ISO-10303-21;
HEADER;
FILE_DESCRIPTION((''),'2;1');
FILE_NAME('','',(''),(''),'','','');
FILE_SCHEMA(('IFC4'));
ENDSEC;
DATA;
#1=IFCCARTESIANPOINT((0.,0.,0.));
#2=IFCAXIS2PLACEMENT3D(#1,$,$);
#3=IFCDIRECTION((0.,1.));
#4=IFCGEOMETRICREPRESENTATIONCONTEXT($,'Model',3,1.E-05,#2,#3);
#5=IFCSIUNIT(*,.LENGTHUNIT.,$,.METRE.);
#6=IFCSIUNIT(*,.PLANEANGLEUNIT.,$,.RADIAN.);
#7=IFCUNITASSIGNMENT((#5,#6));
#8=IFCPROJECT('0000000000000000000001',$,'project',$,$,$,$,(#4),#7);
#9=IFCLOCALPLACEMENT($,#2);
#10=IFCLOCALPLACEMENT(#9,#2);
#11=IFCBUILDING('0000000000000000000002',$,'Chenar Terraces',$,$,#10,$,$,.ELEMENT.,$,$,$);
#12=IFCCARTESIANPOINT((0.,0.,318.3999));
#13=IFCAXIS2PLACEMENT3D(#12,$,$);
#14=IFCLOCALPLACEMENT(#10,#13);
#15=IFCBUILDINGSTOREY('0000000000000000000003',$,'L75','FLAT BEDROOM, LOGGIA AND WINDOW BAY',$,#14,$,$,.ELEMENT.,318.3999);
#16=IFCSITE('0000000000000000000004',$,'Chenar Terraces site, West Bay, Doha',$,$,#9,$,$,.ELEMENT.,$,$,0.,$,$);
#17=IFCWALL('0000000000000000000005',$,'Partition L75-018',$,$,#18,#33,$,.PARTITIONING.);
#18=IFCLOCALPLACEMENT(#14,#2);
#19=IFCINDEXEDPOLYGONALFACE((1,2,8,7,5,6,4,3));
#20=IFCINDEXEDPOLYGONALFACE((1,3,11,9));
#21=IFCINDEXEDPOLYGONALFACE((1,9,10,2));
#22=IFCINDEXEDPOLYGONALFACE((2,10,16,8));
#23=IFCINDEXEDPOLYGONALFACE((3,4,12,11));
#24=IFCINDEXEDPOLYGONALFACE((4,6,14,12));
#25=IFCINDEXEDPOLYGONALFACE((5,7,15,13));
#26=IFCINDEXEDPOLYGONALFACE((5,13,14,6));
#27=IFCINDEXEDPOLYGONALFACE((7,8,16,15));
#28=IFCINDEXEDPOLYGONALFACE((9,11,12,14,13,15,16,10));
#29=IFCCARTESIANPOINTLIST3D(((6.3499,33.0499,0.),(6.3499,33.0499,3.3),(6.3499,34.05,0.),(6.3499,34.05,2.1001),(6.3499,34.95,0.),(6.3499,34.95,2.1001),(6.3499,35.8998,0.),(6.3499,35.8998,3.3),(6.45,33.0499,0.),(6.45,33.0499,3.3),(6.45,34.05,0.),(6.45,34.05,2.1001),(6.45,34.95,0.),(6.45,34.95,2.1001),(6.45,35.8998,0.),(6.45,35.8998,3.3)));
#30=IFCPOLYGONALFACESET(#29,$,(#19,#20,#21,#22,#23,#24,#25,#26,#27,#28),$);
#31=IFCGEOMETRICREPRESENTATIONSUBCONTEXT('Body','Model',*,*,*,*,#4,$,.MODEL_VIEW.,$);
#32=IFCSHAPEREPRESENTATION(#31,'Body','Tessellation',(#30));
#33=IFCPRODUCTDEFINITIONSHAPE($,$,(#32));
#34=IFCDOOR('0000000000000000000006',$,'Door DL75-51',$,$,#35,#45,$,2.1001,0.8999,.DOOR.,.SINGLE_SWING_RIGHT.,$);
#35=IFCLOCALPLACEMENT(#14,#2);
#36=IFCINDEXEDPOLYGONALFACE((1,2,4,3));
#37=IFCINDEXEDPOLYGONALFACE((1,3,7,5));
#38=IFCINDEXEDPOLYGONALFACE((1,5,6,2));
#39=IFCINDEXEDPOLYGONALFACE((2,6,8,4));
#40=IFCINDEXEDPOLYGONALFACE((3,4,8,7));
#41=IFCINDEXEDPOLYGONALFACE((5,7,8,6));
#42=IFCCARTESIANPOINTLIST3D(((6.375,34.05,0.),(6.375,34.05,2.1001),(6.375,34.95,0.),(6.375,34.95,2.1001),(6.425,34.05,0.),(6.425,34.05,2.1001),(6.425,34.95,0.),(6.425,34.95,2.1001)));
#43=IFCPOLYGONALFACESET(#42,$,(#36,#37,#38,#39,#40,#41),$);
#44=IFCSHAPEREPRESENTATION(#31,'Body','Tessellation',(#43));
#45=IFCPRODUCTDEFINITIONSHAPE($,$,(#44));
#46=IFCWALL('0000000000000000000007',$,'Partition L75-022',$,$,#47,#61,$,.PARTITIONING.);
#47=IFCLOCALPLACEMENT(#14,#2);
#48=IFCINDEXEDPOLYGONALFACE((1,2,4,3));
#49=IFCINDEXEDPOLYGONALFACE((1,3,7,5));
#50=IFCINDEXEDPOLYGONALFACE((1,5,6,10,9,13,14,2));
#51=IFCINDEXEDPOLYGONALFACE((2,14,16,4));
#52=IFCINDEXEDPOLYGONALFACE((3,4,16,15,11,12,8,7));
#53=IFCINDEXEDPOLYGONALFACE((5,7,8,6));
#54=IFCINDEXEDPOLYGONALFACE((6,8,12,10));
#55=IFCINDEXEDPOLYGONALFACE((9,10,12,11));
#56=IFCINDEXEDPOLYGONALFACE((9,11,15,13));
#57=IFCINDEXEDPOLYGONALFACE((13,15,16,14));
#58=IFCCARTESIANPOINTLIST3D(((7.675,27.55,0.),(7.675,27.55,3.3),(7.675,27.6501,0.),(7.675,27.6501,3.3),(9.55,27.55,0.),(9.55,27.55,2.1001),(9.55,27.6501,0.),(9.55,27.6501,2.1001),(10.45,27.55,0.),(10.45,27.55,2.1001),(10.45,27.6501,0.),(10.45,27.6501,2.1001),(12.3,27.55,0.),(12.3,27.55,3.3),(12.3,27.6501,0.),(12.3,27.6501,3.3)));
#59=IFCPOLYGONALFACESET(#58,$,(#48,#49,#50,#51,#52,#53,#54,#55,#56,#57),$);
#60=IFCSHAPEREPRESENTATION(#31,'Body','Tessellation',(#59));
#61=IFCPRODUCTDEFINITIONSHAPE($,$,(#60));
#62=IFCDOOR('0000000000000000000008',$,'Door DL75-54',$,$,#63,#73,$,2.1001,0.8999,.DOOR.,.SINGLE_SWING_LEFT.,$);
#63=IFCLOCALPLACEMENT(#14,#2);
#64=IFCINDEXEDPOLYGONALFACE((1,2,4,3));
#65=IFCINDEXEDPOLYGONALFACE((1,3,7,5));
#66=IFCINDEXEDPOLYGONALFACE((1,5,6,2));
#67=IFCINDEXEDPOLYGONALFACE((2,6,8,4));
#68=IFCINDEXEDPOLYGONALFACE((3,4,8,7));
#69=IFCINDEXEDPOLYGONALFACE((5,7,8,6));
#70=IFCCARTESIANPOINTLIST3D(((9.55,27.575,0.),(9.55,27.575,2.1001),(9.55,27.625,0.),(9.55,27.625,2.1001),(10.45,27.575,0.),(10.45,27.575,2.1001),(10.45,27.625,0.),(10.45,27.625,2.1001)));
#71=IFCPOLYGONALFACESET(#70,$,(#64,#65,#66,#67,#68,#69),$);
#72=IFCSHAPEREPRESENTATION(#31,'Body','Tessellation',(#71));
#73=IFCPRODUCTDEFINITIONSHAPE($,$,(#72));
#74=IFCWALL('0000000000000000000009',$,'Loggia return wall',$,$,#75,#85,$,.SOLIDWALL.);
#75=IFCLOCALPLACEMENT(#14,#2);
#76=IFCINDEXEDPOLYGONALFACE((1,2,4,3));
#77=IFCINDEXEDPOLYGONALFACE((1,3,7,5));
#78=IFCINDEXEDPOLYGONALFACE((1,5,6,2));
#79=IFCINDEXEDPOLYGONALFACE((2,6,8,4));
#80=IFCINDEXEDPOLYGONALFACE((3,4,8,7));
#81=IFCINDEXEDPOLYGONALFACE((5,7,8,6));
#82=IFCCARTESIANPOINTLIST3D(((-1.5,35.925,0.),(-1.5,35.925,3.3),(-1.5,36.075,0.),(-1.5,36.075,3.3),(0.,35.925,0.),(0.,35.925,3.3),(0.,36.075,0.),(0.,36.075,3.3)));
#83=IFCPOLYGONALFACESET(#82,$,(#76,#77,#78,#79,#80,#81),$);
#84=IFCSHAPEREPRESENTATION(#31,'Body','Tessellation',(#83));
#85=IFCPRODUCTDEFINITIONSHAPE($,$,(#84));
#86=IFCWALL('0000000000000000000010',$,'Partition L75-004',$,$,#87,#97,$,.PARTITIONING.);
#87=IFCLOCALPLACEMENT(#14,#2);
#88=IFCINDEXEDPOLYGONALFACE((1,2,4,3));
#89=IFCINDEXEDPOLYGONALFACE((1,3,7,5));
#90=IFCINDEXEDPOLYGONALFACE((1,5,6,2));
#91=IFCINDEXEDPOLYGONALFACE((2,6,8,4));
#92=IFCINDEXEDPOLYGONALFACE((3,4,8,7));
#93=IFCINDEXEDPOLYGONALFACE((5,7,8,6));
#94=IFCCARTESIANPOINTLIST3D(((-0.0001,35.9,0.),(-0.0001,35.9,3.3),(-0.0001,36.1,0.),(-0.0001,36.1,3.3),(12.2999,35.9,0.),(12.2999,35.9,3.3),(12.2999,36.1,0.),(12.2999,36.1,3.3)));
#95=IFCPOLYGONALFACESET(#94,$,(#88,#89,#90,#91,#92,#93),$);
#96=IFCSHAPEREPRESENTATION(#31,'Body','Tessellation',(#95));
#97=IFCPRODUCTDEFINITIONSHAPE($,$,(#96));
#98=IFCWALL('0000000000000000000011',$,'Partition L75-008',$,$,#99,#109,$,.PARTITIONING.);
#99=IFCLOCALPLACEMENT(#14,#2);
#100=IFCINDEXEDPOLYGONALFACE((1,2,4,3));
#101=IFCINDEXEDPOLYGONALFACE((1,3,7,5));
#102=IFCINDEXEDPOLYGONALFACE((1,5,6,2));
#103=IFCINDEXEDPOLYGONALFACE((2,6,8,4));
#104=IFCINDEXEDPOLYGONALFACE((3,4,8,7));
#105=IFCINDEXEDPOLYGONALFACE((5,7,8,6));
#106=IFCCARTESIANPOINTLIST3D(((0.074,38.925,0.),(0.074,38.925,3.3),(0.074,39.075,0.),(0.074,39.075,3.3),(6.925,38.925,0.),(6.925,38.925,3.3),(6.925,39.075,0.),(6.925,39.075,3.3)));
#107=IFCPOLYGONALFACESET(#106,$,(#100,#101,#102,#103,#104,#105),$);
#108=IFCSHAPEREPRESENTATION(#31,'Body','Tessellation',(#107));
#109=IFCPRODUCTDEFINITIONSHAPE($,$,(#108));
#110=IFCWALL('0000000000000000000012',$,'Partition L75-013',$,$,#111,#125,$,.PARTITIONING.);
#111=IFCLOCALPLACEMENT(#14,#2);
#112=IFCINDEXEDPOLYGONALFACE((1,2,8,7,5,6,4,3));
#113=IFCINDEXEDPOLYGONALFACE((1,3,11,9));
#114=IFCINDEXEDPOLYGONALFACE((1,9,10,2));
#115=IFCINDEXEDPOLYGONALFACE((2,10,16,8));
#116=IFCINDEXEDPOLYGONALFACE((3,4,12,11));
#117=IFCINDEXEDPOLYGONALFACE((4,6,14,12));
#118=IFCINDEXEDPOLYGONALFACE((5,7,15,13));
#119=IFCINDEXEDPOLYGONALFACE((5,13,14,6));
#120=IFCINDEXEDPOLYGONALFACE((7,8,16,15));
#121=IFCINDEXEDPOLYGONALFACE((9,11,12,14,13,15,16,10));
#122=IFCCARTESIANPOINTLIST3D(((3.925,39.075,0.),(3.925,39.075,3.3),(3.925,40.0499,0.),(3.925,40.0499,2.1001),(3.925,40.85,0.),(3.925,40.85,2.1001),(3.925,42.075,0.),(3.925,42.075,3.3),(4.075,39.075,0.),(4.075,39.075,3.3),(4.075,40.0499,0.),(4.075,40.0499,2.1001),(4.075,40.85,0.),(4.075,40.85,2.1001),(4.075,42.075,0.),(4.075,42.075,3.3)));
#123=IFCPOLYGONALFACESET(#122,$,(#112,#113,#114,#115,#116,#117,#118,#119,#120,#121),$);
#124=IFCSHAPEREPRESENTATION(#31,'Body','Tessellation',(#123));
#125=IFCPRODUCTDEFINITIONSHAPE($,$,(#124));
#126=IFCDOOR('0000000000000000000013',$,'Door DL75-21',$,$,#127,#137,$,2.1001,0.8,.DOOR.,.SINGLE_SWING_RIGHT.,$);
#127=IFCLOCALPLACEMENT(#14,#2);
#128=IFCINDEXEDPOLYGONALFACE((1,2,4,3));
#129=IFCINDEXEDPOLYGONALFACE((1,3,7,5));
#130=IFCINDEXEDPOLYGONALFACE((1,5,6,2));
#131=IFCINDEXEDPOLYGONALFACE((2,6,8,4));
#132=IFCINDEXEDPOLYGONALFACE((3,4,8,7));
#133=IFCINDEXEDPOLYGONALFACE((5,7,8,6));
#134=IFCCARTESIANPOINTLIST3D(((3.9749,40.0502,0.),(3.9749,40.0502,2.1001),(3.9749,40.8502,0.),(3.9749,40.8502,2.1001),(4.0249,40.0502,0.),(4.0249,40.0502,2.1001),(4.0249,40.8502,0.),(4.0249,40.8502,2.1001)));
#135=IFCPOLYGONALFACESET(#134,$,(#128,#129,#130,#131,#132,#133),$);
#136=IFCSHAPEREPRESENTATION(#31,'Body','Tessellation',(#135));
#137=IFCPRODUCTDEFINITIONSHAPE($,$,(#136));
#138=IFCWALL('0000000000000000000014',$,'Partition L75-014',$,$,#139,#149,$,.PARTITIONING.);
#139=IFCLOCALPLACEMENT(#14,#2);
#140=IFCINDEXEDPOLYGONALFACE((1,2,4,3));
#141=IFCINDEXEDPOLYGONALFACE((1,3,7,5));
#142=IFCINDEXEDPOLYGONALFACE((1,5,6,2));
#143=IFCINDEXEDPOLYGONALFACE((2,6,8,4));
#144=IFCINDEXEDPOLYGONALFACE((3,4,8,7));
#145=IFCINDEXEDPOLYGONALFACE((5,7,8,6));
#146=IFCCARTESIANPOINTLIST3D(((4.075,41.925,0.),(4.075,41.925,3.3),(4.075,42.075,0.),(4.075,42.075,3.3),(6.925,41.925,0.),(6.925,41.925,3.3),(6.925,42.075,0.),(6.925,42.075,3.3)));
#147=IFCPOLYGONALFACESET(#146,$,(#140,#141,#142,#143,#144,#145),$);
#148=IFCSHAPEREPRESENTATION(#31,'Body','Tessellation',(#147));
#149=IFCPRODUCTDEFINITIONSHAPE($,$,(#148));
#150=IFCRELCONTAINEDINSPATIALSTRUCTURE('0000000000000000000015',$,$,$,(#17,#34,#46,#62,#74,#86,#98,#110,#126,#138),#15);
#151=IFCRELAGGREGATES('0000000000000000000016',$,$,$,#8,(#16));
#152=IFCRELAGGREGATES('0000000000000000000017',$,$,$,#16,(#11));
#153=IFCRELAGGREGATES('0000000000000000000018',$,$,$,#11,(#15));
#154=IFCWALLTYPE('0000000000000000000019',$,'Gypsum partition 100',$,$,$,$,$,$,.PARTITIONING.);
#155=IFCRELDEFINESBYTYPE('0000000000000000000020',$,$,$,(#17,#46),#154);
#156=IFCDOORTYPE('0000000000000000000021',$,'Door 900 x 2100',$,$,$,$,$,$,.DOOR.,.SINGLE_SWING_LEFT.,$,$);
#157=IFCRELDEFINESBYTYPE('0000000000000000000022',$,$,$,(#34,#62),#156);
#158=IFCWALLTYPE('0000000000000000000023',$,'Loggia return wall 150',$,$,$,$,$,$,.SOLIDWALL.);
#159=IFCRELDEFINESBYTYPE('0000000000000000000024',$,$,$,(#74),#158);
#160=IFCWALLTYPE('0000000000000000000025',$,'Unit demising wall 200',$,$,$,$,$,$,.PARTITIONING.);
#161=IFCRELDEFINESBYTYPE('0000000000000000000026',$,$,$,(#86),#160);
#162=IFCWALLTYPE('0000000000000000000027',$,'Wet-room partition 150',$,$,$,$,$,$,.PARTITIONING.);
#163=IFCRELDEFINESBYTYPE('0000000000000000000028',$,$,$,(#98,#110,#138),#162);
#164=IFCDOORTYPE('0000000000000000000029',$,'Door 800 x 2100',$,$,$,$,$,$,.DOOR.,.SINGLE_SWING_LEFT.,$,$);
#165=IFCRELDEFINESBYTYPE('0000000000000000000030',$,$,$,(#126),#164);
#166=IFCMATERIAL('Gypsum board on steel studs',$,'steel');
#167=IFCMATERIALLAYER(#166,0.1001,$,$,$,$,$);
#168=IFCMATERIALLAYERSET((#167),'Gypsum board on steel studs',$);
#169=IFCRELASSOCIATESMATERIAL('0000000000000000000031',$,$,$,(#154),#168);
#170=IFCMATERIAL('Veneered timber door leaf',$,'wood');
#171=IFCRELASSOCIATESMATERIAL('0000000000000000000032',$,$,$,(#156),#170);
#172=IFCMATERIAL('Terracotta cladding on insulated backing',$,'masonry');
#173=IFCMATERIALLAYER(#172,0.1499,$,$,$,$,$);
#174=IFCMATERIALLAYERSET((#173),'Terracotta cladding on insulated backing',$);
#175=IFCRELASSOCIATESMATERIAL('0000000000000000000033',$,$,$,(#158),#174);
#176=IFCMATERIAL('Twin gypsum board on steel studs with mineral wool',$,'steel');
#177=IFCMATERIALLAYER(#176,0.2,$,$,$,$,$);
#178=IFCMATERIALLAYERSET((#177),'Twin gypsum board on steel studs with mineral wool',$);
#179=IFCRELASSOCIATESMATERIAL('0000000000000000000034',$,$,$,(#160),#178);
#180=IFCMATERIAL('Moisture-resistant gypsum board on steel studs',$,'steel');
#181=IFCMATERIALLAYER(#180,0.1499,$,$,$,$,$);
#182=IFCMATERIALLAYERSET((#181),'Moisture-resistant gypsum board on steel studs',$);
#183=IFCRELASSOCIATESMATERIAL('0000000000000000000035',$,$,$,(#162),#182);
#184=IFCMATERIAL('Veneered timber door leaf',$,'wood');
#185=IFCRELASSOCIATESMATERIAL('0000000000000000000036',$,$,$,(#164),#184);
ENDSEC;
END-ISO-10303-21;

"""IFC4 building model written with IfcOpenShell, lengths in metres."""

from ifc_helpers import new_model, si_unit, direction, frame, frame_2d, origin, place, context, subcontext, project, spatial, rectangle, extrude, material, layer, layer_set, type_object, element, fill, save


model = new_model("IFC4")

# Units and contexts
model_context = context("Model", 3, precision=1e-05, world=origin(), true_north=direction((0.0, 1.0)))
body_context = subcontext(model_context, "Body", "Model", "MODEL_VIEW")
ifc_project = project(units=[si_unit("LENGTHUNIT", "METRE"), si_unit("PLANEANGLEUNIT", "RADIAN")], contexts=[model_context])

# Site, building, storey
site_placement = place(None, origin())
site = spatial("IfcSite", under=ifc_project, at=site_placement, Name="Chenar Terraces site, West Bay, Doha", CompositionType="ELEMENT", RefElevation=0.0)
building_placement = place(site_placement, origin())
building = spatial("IfcBuilding", under=site, at=building_placement, Name="Chenar Terraces", CompositionType="ELEMENT")
storey_placement = place(building_placement, frame((0.0, 0.0, 318.3999)))
storey = spatial("IfcBuildingStorey", under=building, at=storey_placement, Name="L75", Description="FLAT BEDROOM, LOGGIA AND WINDOW BAY", CompositionType="ELEMENT", Elevation=318.3999)

# Shared definitions
placement = place(storey_placement, frame((0.0, 36.0, 0.0), z_axis=(0.0, 0.0, 1.0), x_axis=(1.0, 0.0, 0.0)))

# Shared definitions
ifc_material_1 = material(Name="Gypsum board on steel studs", Category="steel")
ifc_layer_1 = layer(ifc_material_1, 0.1001)
ifc_layer_set_1 = layer_set([ifc_layer_1], Name="Gypsum board on steel studs")
wall_type_1 = type_object("IfcWallType", Name="Gypsum partition 100", PredefinedType="PARTITIONING", material=ifc_layer_set_1)
ifc_material_2 = material(Name="Veneered timber door leaf", Category="wood")
door_type_1 = type_object("IfcDoorType", Name="Door 900 x 2100", OperationType="SINGLE_SWING_LEFT", PredefinedType="DOOR", material=ifc_material_2)

# Walls, openings, doors
wall_1_placement = place(storey_placement, frame((6.3999, 33.05, 0.0), z_axis=(0.0, 0.0, 1.0), x_axis=(0.0, 1.0, 0.0)))
wall_1 = element("IfcWall", 1, at=wall_1_placement, inside=storey, type_object=wall_type_1, Name="Partition L75-018", PredefinedType="PARTITIONING", context=body_context, shape_type="SweptSolid", body=[
    extrude(rectangle(XDim=2.8499, YDim=0.1001, at=frame_2d((1.4248, 0.0))), origin(), (0.0, 0.0, 1.0), 3.3),
])
opening_1_placement = place(wall_1_placement, frame((1.0, 0.0, 0.0)))
opening_1 = element("IfcOpeningElement", 2, at=opening_1_placement, cuts=wall_1, PredefinedType="OPENING", context=body_context, shape_type="SweptSolid", body=[
    extrude(rectangle(XDim=0.8999, YDim=2.1001, at=frame_2d((0.45, 1.05))), frame((0.0, 0.0601, 0.0), z_axis=(0.0, -1.0, 0.0), x_axis=(1.0, 0.0, 0.0)), (0.0, 0.0, 1.0), 0.1201),
])
door_1_placement = place(opening_1_placement, origin())
door_1 = element("IfcDoor", 3, at=door_1_placement, inside=storey, type_object=door_type_1, Name="Door DL75-51", OperationType="SINGLE_SWING_RIGHT", OverallHeight=2.1001, OverallWidth=0.8999, PredefinedType="DOOR", context=body_context, shape_type="SweptSolid", body=[
    extrude(rectangle(XDim=0.8999, YDim=2.1001, at=frame_2d((0.45, 1.05))), frame((0.0, 0.0249, 0.0), z_axis=(0.0, -1.0, 0.0), x_axis=(1.0, 0.0, 0.0)), (0.0, 0.0, 1.0), 0.05),
])
fill(opening_1, door_1)
wall_2_placement = place(storey_placement, frame((7.675, 27.6001, 0.0), z_axis=(0.0, 0.0, 1.0), x_axis=(1.0, 0.0, 0.0)))
wall_2 = element("IfcWall", 4, at=wall_2_placement, inside=storey, type_object=wall_type_1, Name="Partition L75-022", PredefinedType="PARTITIONING", context=body_context, shape_type="SweptSolid", body=[
    extrude(rectangle(XDim=4.625, YDim=0.1001, at=frame_2d((2.3125, 0.0))), origin(), (0.0, 0.0, 1.0), 3.3),
])
opening_2_placement = place(wall_2_placement, frame((1.875, 0.0, 0.0)))
opening_2 = element("IfcOpeningElement", 5, at=opening_2_placement, cuts=wall_2, PredefinedType="OPENING", context=body_context, shape_type="SweptSolid", body=[
    extrude(rectangle(XDim=0.8999, YDim=2.1001, at=frame_2d((0.45, 1.05))), frame((0.0, 0.0601, 0.0), z_axis=(0.0, -1.0, 0.0), x_axis=(1.0, 0.0, 0.0)), (0.0, 0.0, 1.0), 0.1201),
])
door_2_placement = place(opening_2_placement, origin())
door_2 = element("IfcDoor", 6, at=door_2_placement, inside=storey, type_object=door_type_1, Name="Door DL75-54", OperationType="SINGLE_SWING_LEFT", OverallHeight=2.1001, OverallWidth=0.8999, PredefinedType="DOOR", context=body_context, shape_type="SweptSolid", body=[
    extrude(rectangle(XDim=0.8999, YDim=2.1001, at=frame_2d((0.45, 1.05))), frame((0.0, 0.0249, 0.0), z_axis=(0.0, -1.0, 0.0), x_axis=(1.0, 0.0, 0.0)), (0.0, 0.0, 1.0), 0.05),
])
fill(opening_2, door_2)

# Walls
ifc_material_3 = material(Name="Terracotta cladding on insulated backing", Category="masonry")
ifc_layer_2 = layer(ifc_material_3, 0.1499)
ifc_layer_set_2 = layer_set([ifc_layer_2], Name="Terracotta cladding on insulated backing")
wall_type_2 = type_object("IfcWallType", Name="Loggia return wall 150", PredefinedType="SOLIDWALL", material=ifc_layer_set_2)
wall_3_placement = place(storey_placement, frame((-1.5, 36.0, 0.0), z_axis=(0.0, 0.0, 1.0), x_axis=(1.0, 0.0, 0.0)))
element("IfcWall", 7, at=wall_3_placement, inside=storey, type_object=wall_type_2, Name="Loggia return wall", PredefinedType="SOLIDWALL", context=body_context, shape_type="SweptSolid", body=[
    extrude(rectangle(XDim=1.5, YDim=0.1499, at=frame_2d((0.75, 0.0))), origin(), (0.0, 0.0, 1.0), 3.3),
])
ifc_material_4 = material(Name="Twin gypsum board on steel studs with mineral wool", Category="steel")
ifc_layer_3 = layer(ifc_material_4, 0.2)
ifc_layer_set_3 = layer_set([ifc_layer_3], Name="Twin gypsum board on steel studs with mineral wool")
wall_type_3 = type_object("IfcWallType", Name="Unit demising wall 200", PredefinedType="PARTITIONING", material=ifc_layer_set_3)
element("IfcWall", 8, at=placement, inside=storey, type_object=wall_type_3, Name="Partition L75-004", PredefinedType="PARTITIONING", context=body_context, shape_type="SweptSolid", body=[
    extrude(rectangle(XDim=12.3, YDim=0.2, at=frame_2d((6.1499, 0.0))), origin(), (0.0, 0.0, 1.0), 3.3),
])
ifc_material_5 = material(Name="Moisture-resistant gypsum board on steel studs", Category="steel")
ifc_layer_4 = layer(ifc_material_5, 0.1499)
ifc_layer_set_4 = layer_set([ifc_layer_4], Name="Moisture-resistant gypsum board on steel studs")
wall_type_4 = type_object("IfcWallType", Name="Wet-room partition 150", PredefinedType="PARTITIONING", material=ifc_layer_set_4)
wall_4_placement = place(storey_placement, frame((0.074, 39.0, 0.0), z_axis=(0.0, 0.0, 1.0), x_axis=(1.0, 0.0, 0.0)))
element("IfcWall", 9, at=wall_4_placement, inside=storey, type_object=wall_type_4, Name="Partition L75-008", PredefinedType="PARTITIONING", context=body_context, shape_type="SweptSolid", body=[
    extrude(rectangle(XDim=6.8511, YDim=0.1499, at=frame_2d((3.4255, 0.0))), origin(), (0.0, 0.0, 1.0), 3.3),
])

# Wall, opening, door
wall_5_placement = place(storey_placement, frame((4.0, 39.075, 0.0), z_axis=(0.0, 0.0, 1.0), x_axis=(0.0, 1.0, 0.0)))
wall_5 = element("IfcWall", 10, at=wall_5_placement, inside=storey, type_object=wall_type_4, Name="Partition L75-013", PredefinedType="PARTITIONING", context=body_context, shape_type="SweptSolid", body=[
    extrude(rectangle(XDim=3.0, YDim=0.1499, at=frame_2d((1.5, 0.0))), origin(), (0.0, 0.0, 1.0), 3.3),
])
opening_3_placement = place(wall_5_placement, frame((0.9751, 0.0, 0.0)))
opening_3 = element("IfcOpeningElement", 11, at=opening_3_placement, cuts=wall_5, PredefinedType="OPENING", context=body_context, shape_type="SweptSolid", body=[
    extrude(rectangle(XDim=0.8, YDim=2.1001, at=frame_2d((0.3999, 1.05))), frame((0.0, 0.085, 0.0), z_axis=(0.0, -1.0, 0.0), x_axis=(1.0, 0.0, 0.0)), (0.0, 0.0, 1.0), 0.1699),
])
ifc_material_6 = material(Name="Veneered timber door leaf", Category="wood")
door_type_2 = type_object("IfcDoorType", Name="Door 800 x 2100", OperationType="SINGLE_SWING_LEFT", PredefinedType="DOOR", material=ifc_material_6)
door_3_placement = place(opening_3_placement, frame((0.8, 0.0, 0.0), z_axis=(0.0, 0.0, 1.0), x_axis=(-1.0, 0.0, 0.0)))
door_3 = element("IfcDoor", 12, at=door_3_placement, inside=storey, type_object=door_type_2, Name="Door DL75-21", OperationType="SINGLE_SWING_RIGHT", OverallHeight=2.1001, OverallWidth=0.8, PredefinedType="DOOR", context=body_context, shape_type="SweptSolid", body=[
    extrude(rectangle(XDim=0.8, YDim=2.1001, at=frame_2d((0.3999, 1.05))), frame((0.0, 0.0249, 0.0), z_axis=(0.0, -1.0, 0.0), x_axis=(1.0, 0.0, 0.0)), (0.0, 0.0, 1.0), 0.05),
])
fill(opening_3, door_3)

# Wall
wall_6_placement = place(storey_placement, frame((4.075, 42.0, 0.0), z_axis=(0.0, 0.0, 1.0), x_axis=(1.0, 0.0, 0.0)))
element("IfcWall", 13, at=wall_6_placement, inside=storey, type_object=wall_type_4, Name="Partition L75-014", PredefinedType="PARTITIONING", context=body_context, shape_type="SweptSolid", body=[
    extrude(rectangle(XDim=2.8501, YDim=0.1499, at=frame_2d((1.425, 0.0))), origin(), (0.0, 0.0, 1.0), 3.3),
])

save(model, "model.ifc")
